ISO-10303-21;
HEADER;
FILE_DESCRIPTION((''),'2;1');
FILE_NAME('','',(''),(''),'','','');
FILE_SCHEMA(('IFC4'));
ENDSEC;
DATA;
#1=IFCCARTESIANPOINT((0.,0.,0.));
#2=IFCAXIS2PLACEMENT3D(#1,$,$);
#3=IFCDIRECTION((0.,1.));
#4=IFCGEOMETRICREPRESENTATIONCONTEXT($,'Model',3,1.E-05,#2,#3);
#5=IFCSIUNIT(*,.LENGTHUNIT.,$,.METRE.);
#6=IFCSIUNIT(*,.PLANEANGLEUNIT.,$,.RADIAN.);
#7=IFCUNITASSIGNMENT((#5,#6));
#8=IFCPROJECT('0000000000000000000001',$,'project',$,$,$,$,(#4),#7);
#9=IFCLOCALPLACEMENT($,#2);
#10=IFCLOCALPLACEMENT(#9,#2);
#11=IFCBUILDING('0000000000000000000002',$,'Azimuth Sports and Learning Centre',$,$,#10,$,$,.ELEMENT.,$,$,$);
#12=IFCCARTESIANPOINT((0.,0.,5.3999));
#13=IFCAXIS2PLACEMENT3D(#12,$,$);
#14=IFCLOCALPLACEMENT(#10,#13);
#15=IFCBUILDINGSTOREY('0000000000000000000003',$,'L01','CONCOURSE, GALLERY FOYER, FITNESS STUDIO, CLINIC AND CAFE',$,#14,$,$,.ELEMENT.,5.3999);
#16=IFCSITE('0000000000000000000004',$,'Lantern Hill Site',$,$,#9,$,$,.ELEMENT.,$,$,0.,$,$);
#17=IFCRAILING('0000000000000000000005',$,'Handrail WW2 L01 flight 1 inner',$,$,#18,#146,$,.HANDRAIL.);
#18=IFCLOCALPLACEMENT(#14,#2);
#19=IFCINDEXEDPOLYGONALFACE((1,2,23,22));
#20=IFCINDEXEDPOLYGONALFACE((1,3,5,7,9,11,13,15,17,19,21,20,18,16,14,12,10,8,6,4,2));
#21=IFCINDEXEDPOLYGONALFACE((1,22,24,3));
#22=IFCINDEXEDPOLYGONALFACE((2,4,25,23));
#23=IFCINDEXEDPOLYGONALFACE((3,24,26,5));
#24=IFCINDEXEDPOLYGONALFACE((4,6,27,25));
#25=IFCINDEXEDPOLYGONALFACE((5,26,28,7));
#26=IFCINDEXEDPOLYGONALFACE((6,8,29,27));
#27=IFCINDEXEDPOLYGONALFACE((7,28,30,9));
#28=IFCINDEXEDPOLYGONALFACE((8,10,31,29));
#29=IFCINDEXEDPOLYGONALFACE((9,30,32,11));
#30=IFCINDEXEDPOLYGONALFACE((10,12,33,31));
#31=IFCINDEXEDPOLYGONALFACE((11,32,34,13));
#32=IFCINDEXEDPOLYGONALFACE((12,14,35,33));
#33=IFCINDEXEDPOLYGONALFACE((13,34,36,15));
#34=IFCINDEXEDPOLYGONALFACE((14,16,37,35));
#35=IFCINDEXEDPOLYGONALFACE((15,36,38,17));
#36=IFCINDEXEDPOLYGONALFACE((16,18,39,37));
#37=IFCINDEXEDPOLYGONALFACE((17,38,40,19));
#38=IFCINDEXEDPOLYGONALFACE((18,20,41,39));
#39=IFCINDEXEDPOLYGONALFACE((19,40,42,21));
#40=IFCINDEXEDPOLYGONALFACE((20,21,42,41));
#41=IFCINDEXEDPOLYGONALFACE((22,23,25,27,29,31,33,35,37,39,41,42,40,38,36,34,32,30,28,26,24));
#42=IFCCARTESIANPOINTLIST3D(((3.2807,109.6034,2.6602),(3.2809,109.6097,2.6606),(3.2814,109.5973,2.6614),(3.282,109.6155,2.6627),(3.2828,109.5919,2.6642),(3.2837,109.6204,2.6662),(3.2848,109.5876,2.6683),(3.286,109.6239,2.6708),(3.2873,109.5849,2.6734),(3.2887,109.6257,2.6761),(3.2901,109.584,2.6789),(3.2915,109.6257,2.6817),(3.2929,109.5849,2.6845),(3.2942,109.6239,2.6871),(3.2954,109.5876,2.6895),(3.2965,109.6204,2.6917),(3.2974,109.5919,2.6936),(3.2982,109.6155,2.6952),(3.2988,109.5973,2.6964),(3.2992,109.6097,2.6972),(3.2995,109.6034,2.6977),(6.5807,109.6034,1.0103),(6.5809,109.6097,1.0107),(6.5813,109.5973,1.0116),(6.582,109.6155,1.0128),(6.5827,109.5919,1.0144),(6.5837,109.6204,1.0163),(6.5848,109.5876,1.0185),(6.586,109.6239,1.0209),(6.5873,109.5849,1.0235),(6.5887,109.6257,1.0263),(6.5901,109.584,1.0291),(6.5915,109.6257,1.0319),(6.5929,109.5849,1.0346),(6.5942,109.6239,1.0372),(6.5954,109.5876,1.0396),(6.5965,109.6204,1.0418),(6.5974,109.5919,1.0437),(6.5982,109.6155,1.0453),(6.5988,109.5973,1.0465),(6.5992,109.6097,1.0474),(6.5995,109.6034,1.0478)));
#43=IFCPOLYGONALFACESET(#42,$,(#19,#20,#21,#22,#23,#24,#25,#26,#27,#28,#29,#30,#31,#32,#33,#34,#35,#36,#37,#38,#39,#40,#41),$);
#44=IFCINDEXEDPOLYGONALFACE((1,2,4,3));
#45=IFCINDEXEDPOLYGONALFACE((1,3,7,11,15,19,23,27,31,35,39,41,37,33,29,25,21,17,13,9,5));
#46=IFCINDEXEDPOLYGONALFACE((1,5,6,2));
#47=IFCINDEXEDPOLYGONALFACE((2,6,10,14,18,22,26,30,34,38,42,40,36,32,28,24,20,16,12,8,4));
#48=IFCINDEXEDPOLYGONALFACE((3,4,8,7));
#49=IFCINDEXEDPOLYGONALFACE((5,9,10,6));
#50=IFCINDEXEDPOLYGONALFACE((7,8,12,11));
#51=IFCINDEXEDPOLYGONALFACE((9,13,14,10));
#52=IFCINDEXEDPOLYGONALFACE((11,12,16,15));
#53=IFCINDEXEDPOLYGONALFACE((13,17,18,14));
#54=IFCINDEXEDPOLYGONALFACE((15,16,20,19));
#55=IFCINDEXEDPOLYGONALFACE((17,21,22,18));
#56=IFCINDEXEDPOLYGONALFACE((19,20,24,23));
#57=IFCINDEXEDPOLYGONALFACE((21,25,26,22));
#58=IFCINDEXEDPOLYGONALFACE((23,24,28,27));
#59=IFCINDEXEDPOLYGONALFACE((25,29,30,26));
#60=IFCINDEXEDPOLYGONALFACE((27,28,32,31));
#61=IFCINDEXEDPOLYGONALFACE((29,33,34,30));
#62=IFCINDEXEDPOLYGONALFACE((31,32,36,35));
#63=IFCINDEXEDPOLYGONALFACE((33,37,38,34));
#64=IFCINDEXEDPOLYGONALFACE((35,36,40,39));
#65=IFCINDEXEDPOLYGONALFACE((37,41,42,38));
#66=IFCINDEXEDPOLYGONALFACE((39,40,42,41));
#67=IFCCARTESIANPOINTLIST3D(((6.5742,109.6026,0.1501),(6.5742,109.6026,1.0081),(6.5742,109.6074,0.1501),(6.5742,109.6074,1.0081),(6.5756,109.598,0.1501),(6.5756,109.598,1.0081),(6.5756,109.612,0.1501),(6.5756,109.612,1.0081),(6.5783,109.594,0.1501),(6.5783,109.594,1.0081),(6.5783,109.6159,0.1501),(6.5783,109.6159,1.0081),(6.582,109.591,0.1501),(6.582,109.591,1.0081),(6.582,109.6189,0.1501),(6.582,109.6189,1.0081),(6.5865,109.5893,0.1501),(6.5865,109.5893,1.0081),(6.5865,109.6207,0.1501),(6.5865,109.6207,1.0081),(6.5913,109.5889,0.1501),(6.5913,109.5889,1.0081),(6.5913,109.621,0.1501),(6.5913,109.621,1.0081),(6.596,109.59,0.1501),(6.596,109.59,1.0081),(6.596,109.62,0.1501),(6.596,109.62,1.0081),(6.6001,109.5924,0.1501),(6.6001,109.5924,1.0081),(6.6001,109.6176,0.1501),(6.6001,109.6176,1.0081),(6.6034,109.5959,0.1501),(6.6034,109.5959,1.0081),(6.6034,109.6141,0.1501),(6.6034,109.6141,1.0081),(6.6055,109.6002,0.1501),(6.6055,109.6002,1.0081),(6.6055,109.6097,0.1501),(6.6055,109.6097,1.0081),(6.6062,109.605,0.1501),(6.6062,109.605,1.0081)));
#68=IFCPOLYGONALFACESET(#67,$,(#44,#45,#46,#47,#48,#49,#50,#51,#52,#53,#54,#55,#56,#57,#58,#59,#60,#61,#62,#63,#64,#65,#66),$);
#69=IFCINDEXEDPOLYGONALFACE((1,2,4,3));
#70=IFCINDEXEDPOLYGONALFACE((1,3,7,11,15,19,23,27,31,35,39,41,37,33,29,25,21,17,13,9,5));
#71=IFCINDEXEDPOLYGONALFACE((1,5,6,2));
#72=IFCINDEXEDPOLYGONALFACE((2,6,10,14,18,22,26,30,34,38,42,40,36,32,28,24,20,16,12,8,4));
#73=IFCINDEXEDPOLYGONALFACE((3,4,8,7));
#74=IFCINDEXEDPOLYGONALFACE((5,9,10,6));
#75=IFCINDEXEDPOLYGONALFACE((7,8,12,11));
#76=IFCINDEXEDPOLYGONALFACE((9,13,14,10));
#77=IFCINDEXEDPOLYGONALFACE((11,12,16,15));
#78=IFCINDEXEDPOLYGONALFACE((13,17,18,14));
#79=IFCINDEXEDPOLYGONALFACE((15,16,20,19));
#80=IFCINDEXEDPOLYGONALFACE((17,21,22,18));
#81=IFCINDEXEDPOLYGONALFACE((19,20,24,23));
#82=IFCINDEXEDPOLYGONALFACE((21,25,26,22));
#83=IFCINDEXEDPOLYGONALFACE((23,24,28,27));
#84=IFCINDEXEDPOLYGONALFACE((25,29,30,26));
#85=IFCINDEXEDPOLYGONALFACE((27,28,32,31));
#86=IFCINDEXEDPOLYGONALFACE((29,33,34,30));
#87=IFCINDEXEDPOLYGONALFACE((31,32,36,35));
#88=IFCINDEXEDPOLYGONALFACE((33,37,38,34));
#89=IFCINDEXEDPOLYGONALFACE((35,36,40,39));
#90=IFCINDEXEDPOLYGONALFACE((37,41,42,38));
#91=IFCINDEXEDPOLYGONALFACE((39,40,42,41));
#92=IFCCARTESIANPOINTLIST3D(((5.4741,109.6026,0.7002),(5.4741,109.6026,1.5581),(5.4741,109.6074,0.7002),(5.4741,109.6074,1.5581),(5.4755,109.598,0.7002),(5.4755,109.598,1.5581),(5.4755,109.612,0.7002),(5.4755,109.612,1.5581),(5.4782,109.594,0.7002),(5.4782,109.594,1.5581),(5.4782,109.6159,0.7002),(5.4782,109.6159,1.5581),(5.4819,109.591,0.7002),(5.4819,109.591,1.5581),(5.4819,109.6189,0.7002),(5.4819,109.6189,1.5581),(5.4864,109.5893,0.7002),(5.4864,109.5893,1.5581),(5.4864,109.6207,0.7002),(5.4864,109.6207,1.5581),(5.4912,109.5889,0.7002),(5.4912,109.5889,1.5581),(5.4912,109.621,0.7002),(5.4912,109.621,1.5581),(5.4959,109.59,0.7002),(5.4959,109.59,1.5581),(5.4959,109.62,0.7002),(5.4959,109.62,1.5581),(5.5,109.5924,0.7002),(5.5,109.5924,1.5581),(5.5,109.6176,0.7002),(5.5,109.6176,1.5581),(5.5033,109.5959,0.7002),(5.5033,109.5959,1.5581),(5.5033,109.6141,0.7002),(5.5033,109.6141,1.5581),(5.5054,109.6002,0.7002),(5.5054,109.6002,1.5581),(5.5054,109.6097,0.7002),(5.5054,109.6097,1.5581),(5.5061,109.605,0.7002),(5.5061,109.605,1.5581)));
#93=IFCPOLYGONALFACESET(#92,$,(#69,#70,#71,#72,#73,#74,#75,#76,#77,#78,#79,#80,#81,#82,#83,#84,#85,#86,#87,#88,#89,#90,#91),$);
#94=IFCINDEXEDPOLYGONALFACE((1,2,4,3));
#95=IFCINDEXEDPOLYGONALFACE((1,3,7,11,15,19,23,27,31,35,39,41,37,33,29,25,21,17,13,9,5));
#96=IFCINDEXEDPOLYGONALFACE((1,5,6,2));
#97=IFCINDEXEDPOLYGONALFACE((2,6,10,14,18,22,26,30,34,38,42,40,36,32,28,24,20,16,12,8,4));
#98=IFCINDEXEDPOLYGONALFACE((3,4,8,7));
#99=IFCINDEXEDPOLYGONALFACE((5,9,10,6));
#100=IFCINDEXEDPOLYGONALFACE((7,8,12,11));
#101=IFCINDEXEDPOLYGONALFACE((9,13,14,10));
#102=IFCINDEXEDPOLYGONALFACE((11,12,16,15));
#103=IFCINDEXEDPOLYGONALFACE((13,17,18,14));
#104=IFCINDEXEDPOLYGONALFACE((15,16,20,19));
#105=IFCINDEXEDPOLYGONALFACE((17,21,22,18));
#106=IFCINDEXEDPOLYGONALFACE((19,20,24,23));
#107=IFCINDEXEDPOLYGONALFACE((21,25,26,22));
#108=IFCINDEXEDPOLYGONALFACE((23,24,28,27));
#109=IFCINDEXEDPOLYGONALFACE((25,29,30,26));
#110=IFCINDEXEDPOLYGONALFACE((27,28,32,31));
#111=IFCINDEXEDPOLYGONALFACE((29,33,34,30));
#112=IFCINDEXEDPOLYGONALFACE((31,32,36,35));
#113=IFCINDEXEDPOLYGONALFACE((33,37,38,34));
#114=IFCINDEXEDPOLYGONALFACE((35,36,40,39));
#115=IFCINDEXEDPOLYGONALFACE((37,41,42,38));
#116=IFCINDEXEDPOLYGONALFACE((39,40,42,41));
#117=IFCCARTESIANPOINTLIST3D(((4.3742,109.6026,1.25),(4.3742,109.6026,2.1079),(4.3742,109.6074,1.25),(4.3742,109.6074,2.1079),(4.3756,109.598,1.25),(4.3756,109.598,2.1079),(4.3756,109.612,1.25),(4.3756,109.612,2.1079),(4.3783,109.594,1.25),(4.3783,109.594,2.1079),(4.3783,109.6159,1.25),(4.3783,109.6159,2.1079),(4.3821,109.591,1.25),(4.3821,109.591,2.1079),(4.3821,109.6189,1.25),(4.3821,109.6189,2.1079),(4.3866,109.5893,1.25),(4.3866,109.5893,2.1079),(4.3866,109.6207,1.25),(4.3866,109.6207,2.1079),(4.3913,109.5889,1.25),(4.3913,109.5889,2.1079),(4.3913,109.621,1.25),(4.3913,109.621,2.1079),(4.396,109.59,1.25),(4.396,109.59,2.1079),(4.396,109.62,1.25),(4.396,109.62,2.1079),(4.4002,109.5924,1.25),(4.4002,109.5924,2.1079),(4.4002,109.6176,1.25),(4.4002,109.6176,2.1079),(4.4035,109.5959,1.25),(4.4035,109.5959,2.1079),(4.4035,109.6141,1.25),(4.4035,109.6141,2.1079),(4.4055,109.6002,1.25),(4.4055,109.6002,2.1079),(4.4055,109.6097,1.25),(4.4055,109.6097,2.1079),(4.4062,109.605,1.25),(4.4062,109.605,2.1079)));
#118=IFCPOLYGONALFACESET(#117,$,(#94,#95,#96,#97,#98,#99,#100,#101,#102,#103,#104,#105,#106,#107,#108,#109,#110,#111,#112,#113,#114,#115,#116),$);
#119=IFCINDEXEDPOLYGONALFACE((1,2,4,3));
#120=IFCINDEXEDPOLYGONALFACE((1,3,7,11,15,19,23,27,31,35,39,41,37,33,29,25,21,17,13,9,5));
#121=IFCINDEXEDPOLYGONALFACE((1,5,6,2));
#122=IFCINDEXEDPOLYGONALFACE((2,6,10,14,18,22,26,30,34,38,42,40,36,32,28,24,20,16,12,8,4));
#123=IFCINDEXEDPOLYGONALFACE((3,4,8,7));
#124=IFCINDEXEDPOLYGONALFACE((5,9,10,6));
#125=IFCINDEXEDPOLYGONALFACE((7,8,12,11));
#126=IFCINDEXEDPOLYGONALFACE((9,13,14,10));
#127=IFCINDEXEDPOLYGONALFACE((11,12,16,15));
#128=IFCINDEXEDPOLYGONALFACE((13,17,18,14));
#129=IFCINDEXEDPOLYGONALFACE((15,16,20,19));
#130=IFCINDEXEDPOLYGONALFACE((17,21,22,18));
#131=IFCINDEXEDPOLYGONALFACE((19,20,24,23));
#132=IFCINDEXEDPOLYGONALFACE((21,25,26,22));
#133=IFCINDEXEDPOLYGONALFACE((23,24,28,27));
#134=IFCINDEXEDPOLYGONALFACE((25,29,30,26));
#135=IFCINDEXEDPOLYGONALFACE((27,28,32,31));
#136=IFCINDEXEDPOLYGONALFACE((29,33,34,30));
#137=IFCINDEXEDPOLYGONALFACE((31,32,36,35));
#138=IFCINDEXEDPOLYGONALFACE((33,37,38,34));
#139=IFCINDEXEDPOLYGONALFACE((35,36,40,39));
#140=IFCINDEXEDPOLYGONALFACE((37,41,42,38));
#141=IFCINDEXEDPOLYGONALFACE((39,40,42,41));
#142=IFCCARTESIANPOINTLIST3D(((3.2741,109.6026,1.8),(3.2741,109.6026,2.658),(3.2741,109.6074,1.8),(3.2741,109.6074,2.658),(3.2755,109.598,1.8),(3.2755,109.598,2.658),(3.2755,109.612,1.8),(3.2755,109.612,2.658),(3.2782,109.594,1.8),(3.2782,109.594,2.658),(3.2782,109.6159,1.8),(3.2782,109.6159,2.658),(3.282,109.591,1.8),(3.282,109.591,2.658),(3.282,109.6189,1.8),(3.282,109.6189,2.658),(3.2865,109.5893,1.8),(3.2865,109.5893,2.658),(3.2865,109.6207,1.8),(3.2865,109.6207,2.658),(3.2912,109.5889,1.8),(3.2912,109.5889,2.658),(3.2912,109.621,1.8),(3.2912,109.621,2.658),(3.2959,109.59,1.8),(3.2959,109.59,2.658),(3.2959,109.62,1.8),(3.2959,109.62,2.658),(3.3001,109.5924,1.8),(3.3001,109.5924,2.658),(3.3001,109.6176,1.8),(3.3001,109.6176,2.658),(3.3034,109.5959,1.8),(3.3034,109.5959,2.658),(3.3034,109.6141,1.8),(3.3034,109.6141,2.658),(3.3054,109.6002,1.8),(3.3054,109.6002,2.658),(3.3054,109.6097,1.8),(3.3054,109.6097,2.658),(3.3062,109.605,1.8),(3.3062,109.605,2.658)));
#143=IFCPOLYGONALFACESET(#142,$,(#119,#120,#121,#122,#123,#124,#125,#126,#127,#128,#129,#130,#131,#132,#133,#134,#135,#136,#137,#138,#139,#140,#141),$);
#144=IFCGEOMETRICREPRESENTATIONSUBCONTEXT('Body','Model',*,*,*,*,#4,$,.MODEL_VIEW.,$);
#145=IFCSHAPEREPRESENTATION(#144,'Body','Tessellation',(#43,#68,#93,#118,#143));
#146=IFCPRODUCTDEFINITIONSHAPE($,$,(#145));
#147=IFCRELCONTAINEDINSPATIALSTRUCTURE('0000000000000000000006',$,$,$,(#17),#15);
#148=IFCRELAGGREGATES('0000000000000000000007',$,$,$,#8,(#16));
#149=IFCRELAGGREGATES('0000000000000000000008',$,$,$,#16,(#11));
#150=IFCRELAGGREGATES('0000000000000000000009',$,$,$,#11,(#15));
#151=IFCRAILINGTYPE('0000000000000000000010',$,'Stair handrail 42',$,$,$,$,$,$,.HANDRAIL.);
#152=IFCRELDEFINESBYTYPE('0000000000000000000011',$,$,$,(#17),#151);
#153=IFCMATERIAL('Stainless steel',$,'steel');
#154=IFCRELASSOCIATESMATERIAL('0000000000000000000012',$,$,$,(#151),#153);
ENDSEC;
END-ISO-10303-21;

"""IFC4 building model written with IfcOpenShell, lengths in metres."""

from ifc_helpers import new_model, si_unit, direction, frame, origin, origin_2d, place, context, subcontext, project, spatial, circle, extrude, material, type_object, element, save


model = new_model("IFC4")

# Units and contexts
model_context = context("Model", 3, precision=1e-05, world=origin(), true_north=direction((0.0, 1.0)))
body_context = subcontext(model_context, "Body", "Model", "MODEL_VIEW")
ifc_project = project(units=[si_unit("LENGTHUNIT", "METRE"), si_unit("PLANEANGLEUNIT", "RADIAN")], contexts=[model_context])

# Site, building, storey
site_placement = place(None, origin())
site = spatial("IfcSite", under=ifc_project, at=site_placement, Name="Lantern Hill Site", CompositionType="ELEMENT", RefElevation=0.0)
building_placement = place(site_placement, origin())
building = spatial("IfcBuilding", under=site, at=building_placement, Name="Azimuth Sports and Learning Centre", CompositionType="ELEMENT")
storey_placement = place(building_placement, frame((0.0, 0.0, 5.3999)))
storey = spatial("IfcBuildingStorey", under=building, at=storey_placement, Name="L01", Description="CONCOURSE, GALLERY FOYER, FITNESS STUDIO, CLINIC AND CAFE", CompositionType="ELEMENT", Elevation=5.3999)

# Railing
ifc_material_1 = material(Name="Stainless steel", Category="steel")
railing_type_1 = type_object("IfcRailingType", Name="Stair handrail 42", PredefinedType="HANDRAIL", material=ifc_material_1)
for number, where, name in (
    (1, (6.5901, 109.605, 0.1501), "Handrail WW2 L01 flight 1 inner"),
):
    element("IfcRailing", number, at=place(storey_placement, frame(where)), inside=storey, type_object=railing_type_1, Name=name, PredefinedType="HANDRAIL", context=body_context, shape_type="SweptSolid", body=[
        extrude(circle(Radius=0.021, at=origin_2d()), frame((0.0, 0.0, 0.8789), z_axis=(-0.89444, 0.0, 0.447187), x_axis=(0.0, -1.0, 0.0)), (0.0, 0.0, 1.0), 3.6895),
        extrude(circle(Radius=0.0161, at=origin_2d()), origin(), (0.0, 0.0, 1.0), 0.8579),
        extrude(circle(Radius=0.0161, at=origin_2d()), frame((-1.1001, 0.0, 0.55)), (0.0, 0.0, 1.0), 0.8579),
        extrude(circle(Radius=0.0161, at=origin_2d()), frame((-2.2, 0.0, 1.0999)), (0.0, 0.0, 1.0), 0.8579),
        extrude(circle(Radius=0.0161, at=origin_2d()), frame((-3.3, 0.0, 1.6499)), (0.0, 0.0, 1.0), 0.8579),
    ])

save(model, "model.ifc")
